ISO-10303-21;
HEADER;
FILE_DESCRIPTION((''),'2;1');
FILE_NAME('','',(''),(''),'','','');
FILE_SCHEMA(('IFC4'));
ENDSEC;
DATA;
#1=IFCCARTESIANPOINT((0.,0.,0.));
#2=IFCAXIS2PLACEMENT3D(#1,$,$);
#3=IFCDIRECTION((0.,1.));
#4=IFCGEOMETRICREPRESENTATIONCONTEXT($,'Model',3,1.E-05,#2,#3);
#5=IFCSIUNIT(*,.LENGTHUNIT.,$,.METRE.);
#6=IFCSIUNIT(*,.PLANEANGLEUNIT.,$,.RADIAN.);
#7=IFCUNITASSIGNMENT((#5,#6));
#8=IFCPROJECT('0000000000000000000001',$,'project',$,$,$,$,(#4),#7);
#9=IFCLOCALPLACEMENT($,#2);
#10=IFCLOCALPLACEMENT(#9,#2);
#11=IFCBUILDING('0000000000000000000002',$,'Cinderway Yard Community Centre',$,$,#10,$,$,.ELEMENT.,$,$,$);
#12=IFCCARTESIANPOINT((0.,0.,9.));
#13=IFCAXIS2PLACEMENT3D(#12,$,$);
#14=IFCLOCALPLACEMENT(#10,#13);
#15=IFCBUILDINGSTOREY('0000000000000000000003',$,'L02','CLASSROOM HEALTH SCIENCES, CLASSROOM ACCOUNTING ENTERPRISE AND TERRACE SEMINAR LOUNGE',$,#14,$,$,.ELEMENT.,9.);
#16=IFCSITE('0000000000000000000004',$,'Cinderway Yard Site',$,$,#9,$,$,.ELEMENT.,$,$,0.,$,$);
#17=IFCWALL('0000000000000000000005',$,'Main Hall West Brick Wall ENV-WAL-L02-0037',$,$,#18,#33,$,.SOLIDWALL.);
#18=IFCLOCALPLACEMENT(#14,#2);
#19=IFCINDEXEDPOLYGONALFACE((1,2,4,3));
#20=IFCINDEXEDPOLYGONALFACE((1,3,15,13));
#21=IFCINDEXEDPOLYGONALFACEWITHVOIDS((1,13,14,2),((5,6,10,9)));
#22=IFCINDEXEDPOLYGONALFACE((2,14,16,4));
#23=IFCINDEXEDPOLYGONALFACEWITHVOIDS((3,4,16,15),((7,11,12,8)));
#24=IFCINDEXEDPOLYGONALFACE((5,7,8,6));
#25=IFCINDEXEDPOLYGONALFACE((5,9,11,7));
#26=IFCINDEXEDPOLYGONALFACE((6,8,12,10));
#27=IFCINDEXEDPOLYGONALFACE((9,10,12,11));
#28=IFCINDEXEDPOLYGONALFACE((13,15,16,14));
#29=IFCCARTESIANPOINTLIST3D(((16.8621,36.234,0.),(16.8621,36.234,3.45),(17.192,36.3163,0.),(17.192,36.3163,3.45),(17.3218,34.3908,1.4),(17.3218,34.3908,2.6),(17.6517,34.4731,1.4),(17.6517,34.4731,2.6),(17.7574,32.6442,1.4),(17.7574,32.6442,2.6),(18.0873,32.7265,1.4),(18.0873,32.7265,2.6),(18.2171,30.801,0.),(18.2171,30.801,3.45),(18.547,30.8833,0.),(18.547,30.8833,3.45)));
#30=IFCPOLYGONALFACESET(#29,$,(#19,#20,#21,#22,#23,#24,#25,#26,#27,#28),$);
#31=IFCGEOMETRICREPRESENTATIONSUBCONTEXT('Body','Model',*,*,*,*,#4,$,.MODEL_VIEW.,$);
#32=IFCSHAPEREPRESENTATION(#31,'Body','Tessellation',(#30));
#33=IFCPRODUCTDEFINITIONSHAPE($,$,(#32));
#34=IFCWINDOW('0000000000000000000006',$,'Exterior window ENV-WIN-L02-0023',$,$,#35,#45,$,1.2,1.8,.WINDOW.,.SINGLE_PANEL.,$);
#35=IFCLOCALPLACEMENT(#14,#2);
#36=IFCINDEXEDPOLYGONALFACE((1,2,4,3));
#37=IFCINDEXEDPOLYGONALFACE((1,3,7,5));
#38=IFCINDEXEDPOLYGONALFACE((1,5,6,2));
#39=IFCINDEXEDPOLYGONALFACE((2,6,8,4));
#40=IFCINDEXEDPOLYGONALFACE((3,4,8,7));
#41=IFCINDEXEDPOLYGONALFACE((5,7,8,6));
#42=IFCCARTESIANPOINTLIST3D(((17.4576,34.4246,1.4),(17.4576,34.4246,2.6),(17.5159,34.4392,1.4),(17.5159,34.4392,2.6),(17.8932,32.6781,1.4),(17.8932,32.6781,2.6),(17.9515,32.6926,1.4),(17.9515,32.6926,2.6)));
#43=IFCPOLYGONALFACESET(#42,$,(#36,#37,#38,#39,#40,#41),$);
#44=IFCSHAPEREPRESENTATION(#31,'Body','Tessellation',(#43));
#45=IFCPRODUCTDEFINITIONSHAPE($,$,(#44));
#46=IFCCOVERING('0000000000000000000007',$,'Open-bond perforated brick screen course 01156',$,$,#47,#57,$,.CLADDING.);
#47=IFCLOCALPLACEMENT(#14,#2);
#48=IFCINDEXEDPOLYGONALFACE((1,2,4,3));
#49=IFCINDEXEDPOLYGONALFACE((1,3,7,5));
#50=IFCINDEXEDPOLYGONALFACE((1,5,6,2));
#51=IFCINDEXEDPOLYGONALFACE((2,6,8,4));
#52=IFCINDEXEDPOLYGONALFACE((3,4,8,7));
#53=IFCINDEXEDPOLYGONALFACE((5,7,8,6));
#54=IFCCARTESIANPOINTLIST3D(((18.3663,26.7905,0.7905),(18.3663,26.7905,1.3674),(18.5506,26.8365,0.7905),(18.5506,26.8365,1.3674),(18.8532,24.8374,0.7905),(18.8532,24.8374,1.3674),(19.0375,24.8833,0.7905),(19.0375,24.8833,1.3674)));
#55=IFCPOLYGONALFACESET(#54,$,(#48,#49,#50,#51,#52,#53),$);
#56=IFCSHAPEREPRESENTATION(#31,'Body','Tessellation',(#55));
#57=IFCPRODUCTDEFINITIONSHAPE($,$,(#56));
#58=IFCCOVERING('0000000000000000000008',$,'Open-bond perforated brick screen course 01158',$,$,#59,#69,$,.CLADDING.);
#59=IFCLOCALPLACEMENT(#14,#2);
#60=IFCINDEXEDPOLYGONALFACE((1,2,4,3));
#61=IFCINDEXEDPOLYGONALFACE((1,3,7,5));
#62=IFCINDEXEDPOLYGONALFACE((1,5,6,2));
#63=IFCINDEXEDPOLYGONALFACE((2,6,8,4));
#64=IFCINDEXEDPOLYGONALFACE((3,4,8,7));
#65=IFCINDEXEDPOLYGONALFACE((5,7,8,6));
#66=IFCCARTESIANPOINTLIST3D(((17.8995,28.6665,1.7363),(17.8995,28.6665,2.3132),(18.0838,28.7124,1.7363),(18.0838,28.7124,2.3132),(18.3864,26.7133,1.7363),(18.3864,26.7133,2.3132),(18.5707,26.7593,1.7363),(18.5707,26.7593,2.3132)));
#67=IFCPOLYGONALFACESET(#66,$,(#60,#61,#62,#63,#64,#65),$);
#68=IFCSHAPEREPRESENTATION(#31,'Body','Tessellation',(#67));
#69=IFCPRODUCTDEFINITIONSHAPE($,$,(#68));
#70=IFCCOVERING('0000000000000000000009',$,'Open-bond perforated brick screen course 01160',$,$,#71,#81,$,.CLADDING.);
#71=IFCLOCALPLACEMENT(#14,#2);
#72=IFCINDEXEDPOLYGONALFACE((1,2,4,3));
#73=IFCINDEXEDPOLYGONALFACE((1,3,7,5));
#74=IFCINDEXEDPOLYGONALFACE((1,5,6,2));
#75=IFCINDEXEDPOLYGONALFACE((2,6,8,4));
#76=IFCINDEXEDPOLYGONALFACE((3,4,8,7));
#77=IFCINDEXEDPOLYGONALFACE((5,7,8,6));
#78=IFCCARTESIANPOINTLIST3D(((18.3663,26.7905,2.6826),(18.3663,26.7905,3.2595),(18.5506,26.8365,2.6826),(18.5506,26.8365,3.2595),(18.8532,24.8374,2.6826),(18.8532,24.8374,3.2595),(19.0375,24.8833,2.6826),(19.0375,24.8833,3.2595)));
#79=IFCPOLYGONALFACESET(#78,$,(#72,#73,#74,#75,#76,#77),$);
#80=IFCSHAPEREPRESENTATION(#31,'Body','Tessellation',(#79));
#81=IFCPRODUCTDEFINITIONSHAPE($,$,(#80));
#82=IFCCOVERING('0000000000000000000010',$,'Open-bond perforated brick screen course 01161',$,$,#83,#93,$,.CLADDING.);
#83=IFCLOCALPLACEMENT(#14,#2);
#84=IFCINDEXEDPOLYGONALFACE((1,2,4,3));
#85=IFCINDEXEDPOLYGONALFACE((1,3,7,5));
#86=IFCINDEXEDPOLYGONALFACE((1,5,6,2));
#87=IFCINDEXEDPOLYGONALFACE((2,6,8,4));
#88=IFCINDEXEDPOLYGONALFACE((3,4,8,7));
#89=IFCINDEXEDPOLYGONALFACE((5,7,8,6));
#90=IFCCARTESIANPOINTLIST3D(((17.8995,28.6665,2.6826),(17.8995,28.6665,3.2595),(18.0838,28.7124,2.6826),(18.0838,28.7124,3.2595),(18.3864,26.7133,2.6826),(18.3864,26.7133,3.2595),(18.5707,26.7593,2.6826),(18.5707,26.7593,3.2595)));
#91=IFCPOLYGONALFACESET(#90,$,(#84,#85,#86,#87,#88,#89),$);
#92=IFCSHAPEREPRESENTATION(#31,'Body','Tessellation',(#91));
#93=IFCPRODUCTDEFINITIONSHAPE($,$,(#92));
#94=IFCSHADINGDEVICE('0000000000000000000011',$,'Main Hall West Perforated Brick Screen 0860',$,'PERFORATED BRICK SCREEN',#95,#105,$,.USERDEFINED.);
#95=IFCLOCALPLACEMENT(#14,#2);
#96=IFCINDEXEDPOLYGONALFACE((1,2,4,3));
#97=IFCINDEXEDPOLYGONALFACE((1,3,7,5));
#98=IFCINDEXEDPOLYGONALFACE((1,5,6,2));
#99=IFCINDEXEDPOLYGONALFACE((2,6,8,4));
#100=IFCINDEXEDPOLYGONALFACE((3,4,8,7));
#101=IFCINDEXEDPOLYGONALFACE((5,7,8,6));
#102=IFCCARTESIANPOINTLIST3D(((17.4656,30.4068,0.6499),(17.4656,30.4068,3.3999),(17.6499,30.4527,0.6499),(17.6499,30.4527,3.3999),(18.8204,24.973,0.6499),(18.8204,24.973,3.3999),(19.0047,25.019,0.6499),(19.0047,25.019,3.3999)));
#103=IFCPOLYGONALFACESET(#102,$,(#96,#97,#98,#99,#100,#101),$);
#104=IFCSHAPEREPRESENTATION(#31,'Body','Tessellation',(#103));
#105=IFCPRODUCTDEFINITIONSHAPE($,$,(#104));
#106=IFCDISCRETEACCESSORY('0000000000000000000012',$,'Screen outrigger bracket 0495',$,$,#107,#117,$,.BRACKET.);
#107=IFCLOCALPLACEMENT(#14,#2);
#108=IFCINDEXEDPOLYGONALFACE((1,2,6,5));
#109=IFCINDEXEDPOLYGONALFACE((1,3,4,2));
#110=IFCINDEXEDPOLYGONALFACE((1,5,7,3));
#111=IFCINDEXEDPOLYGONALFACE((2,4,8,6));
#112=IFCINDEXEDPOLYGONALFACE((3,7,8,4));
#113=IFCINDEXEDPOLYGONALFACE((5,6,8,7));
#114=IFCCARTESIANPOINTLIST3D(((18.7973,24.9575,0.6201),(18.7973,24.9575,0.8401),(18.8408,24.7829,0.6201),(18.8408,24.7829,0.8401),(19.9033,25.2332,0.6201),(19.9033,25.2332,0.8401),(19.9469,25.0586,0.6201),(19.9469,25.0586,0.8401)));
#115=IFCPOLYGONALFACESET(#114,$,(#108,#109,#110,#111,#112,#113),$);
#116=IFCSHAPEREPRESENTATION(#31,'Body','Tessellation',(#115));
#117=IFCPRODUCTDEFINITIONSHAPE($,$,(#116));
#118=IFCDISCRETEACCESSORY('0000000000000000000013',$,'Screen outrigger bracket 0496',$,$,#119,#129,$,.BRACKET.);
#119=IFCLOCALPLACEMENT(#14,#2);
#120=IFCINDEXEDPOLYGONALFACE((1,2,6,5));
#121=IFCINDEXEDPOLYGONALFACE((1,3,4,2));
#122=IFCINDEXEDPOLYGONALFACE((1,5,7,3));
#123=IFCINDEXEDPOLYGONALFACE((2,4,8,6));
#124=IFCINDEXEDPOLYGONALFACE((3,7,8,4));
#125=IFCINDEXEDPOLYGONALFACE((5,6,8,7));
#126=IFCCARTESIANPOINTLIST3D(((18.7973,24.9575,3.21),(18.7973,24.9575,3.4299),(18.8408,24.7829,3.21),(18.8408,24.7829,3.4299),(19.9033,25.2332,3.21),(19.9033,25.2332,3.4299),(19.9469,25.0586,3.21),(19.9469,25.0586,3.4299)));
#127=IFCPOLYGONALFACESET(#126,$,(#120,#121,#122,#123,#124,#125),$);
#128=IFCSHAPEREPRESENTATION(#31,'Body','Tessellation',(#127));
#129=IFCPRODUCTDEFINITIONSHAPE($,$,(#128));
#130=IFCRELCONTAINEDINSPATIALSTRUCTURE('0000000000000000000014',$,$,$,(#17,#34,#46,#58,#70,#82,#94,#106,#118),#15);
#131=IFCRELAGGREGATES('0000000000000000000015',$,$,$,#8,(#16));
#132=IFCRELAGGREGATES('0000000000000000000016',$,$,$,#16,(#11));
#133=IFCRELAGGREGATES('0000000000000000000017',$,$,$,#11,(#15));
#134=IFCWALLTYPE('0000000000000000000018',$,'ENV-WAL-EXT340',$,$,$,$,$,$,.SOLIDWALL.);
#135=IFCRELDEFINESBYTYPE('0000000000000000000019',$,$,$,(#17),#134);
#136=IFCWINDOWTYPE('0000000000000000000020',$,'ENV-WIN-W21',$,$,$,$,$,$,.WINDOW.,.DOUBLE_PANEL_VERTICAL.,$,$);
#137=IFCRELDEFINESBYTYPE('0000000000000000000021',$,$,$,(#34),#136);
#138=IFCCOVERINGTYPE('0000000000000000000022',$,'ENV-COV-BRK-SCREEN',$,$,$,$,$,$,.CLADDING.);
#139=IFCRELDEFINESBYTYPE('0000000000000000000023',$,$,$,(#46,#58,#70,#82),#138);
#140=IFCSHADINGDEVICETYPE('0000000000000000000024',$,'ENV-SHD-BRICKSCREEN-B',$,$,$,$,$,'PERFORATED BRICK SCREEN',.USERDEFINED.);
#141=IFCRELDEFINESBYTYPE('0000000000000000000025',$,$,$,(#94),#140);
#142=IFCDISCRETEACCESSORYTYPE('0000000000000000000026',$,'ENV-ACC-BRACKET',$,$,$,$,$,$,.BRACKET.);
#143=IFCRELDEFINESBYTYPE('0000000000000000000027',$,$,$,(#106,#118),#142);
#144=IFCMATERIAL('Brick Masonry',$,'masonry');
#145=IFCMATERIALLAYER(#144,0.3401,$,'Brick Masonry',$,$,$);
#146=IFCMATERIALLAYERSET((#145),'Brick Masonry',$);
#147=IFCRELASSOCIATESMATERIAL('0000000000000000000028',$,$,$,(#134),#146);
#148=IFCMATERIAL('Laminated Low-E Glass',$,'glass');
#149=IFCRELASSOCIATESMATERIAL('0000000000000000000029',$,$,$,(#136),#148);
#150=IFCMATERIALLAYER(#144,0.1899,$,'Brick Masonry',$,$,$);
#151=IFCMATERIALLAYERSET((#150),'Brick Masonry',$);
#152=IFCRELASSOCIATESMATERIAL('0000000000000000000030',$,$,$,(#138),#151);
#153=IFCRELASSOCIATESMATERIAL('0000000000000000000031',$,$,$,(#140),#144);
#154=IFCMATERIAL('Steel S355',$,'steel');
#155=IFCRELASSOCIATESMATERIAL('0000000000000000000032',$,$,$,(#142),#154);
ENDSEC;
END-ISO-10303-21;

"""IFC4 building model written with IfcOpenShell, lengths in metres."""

from ifc_helpers import new_model, si_unit, direction, frame, frame_2d, origin, origin_2d, place, context, subcontext, project, spatial, rectangle, extrude, material, layer, layer_set, type_object, element, fill, save


model = new_model("IFC4")

# Units and contexts
model_context = context("Model", 3, precision=1e-05, world=origin(), true_north=direction((0.0, 1.0)))
body_context = subcontext(model_context, "Body", "Model", "MODEL_VIEW")
ifc_project = project(units=[si_unit("LENGTHUNIT", "METRE"), si_unit("PLANEANGLEUNIT", "RADIAN")], contexts=[model_context])

# Site, building, storey
site_placement = place(None, origin())
site = spatial("IfcSite", under=ifc_project, at=site_placement, Name="Cinderway Yard Site", CompositionType="ELEMENT", RefElevation=0.0)
building_placement = place(site_placement, origin())
building = spatial("IfcBuilding", under=site, at=building_placement, Name="Cinderway Yard Community Centre", CompositionType="ELEMENT")
storey_placement = place(building_placement, frame((0.0, 0.0, 9.0)))
storey = spatial("IfcBuildingStorey", under=building, at=storey_placement, Name="L02", Description="CLASSROOM HEALTH SCIENCES, CLASSROOM ACCOUNTING ENTERPRISE AND TERRACE SEMINAR LOUNGE", CompositionType="ELEMENT", Elevation=9.0)

# Shared definitions
ifc_material_1 = material(Name="Steel S355", Category="steel")

# Shared definitions
ifc_material_2 = material(Name="Brick Masonry", Category="masonry")
ifc_material_3 = material(Name="Laminated Low-E Glass", Category="glass")

# Shared definitions
ifc_layer_1 = layer(ifc_material_2, 0.3401, Name="Brick Masonry")
ifc_layer_set_1 = layer_set([ifc_layer_1], Name="Brick Masonry")
wall_type_1 = type_object("IfcWallType", Name="ENV-WAL-EXT340", PredefinedType="SOLIDWALL", material=ifc_layer_set_1)

# Wall, opening, window
wall_1_placement = place(storey_placement, frame((18.3821, 30.842, 0.0), z_axis=(0.0, 0.0, 1.0), x_axis=(-0.241992, 0.970278, 0.0)))
wall_1 = element("IfcWall", 1, at=wall_1_placement, inside=storey, type_object=wall_type_1, Name="Main Hall West Brick Wall ENV-WAL-L02-0037", PredefinedType="SOLIDWALL", context=body_context, shape_type="SweptSolid", body=[
    extrude(rectangle(XDim=5.5994, YDim=0.3401, at=frame_2d((2.7998, 0.0))), origin(), (0.0, 0.0, 1.0), 3.45),
])
opening_1_placement = place(wall_1_placement, frame((1.8999, 0.0, 1.3999)))
opening_1 = element("IfcOpeningElement", 2, at=opening_1_placement, cuts=wall_1, PredefinedType="OPENING", context=body_context, shape_type="SweptSolid", body=[
    extrude(rectangle(XDim=1.8, YDim=1.2, at=frame_2d((0.8999, 0.6001))), frame((0.0, 0.1799, 0.0), z_axis=(0.0, -1.0, 0.0), x_axis=(1.0, 0.0, 0.0)), (0.0, 0.0, 1.0), 0.3601),
])
window_type_1 = type_object("IfcWindowType", Name="ENV-WIN-W21", PartitioningType="DOUBLE_PANEL_VERTICAL", PredefinedType="WINDOW", material=ifc_material_3)
window_1_placement = place(opening_1_placement, origin())
window_1 = element("IfcWindow", 3, at=window_1_placement, inside=storey, type_object=window_type_1, Name="Exterior window ENV-WIN-L02-0023", OverallHeight=1.2, OverallWidth=1.8, PartitioningType="SINGLE_PANEL", PredefinedType="WINDOW", context=body_context, shape_type="SweptSolid", body=[
    extrude(rectangle(XDim=1.8, YDim=1.2, at=frame_2d((0.8999, 0.6001))), frame((0.0, 0.03, 0.0), z_axis=(0.0, -1.0, 0.0), x_axis=(1.0, 0.0, 0.0)), (0.0, 0.0, 1.0), 0.0601),
])
fill(opening_1, window_1)

# Coverings
ifc_layer_2 = layer(ifc_material_2, 0.1899, Name="Brick Masonry")
ifc_layer_set_2 = layer_set([ifc_layer_2], Name="Brick Masonry")
covering_type = type_object("IfcCoveringType", Name="ENV-COV-BRK-SCREEN", PredefinedType="CLADDING", material=ifc_layer_set_2)
for number, where, z_axis, x_axis, name in (
    (4, (18.7019, 25.8369, 0.7905), (0.0, 0.0, 1.0), (-0.241922, 0.970296, 0.0), "Open-bond perforated brick screen course 01156"),
    (5, (18.2351, 27.7129, 1.7363), (0.0, 0.0, 1.0), (-0.241922, 0.970296, 0.0), "Open-bond perforated brick screen course 01158"),
    (6, (18.7019, 25.8369, 2.6826), (0.0, 0.0, 1.0), (-0.241922, 0.970296, 0.0), "Open-bond perforated brick screen course 01160"),
    (7, (18.2351, 27.7129, 2.6826), (0.0, 0.0, 1.0), (-0.241922, 0.970296, 0.0), "Open-bond perforated brick screen course 01161"),
):
    element("IfcCovering", number, at=place(storey_placement, frame(where, z_axis=z_axis, x_axis=x_axis)), inside=storey, type_object=covering_type, Name=name, PredefinedType="CLADDING", context=body_context, shape_type="SweptSolid", body=[
        extrude(rectangle(XDim=2.0129, YDim=0.1899, at=origin_2d()), origin(), (0.0, 0.0, 1.0), 0.5769),
    ])

# Shading device
shading_device_type = type_object("IfcShadingDeviceType", Name="ENV-SHD-BRICKSCREEN-B", ElementType="PERFORATED BRICK SCREEN", PredefinedType="USERDEFINED", material=ifc_material_2)
shading_device_placement = place(storey_placement, frame((18.2351, 27.7129, 0.6499), z_axis=(0.0, 0.0, 1.0), x_axis=(-0.241922, 0.970296, 0.0)))
element("IfcShadingDevice", 8, at=shading_device_placement, inside=storey, type_object=shading_device_type, Name="Main Hall West Perforated Brick Screen 0860", ObjectType="PERFORATED BRICK SCREEN", PredefinedType="USERDEFINED", context=body_context, shape_type="SweptSolid", body=[
    extrude(rectangle(XDim=5.6001, YDim=0.1899, at=origin_2d()), origin(), (0.0, 0.0, 1.0), 2.75),
])

# Discrete accessories
discrete_accessory_type = type_object("IfcDiscreteAccessoryType", Name="ENV-ACC-BRACKET", PredefinedType="BRACKET", material=ifc_material_1)
for number, where, z_axis, x_axis, name in (
    (9, (19.3721, 25.0081, 0.6201), (0.0, 0.0, 1.0), (-0.970296, -0.241922, 0.0), "Screen outrigger bracket 0495"),
    (10, (19.3721, 25.0081, 3.21), (0.0, 0.0, 1.0), (-0.970296, -0.241922, 0.0), "Screen outrigger bracket 0496"),
):
    element("IfcDiscreteAccessory", number, at=place(storey_placement, frame(where, z_axis=z_axis, x_axis=x_axis)), inside=storey, type_object=discrete_accessory_type, Name=name, PredefinedType="BRACKET", context=body_context, shape_type="SweptSolid", body=[
        extrude(rectangle(XDim=1.1399, YDim=0.1799, at=origin_2d()), origin(), (0.0, 0.0, 1.0), 0.22),
    ])

save(model, "model.ifc")
